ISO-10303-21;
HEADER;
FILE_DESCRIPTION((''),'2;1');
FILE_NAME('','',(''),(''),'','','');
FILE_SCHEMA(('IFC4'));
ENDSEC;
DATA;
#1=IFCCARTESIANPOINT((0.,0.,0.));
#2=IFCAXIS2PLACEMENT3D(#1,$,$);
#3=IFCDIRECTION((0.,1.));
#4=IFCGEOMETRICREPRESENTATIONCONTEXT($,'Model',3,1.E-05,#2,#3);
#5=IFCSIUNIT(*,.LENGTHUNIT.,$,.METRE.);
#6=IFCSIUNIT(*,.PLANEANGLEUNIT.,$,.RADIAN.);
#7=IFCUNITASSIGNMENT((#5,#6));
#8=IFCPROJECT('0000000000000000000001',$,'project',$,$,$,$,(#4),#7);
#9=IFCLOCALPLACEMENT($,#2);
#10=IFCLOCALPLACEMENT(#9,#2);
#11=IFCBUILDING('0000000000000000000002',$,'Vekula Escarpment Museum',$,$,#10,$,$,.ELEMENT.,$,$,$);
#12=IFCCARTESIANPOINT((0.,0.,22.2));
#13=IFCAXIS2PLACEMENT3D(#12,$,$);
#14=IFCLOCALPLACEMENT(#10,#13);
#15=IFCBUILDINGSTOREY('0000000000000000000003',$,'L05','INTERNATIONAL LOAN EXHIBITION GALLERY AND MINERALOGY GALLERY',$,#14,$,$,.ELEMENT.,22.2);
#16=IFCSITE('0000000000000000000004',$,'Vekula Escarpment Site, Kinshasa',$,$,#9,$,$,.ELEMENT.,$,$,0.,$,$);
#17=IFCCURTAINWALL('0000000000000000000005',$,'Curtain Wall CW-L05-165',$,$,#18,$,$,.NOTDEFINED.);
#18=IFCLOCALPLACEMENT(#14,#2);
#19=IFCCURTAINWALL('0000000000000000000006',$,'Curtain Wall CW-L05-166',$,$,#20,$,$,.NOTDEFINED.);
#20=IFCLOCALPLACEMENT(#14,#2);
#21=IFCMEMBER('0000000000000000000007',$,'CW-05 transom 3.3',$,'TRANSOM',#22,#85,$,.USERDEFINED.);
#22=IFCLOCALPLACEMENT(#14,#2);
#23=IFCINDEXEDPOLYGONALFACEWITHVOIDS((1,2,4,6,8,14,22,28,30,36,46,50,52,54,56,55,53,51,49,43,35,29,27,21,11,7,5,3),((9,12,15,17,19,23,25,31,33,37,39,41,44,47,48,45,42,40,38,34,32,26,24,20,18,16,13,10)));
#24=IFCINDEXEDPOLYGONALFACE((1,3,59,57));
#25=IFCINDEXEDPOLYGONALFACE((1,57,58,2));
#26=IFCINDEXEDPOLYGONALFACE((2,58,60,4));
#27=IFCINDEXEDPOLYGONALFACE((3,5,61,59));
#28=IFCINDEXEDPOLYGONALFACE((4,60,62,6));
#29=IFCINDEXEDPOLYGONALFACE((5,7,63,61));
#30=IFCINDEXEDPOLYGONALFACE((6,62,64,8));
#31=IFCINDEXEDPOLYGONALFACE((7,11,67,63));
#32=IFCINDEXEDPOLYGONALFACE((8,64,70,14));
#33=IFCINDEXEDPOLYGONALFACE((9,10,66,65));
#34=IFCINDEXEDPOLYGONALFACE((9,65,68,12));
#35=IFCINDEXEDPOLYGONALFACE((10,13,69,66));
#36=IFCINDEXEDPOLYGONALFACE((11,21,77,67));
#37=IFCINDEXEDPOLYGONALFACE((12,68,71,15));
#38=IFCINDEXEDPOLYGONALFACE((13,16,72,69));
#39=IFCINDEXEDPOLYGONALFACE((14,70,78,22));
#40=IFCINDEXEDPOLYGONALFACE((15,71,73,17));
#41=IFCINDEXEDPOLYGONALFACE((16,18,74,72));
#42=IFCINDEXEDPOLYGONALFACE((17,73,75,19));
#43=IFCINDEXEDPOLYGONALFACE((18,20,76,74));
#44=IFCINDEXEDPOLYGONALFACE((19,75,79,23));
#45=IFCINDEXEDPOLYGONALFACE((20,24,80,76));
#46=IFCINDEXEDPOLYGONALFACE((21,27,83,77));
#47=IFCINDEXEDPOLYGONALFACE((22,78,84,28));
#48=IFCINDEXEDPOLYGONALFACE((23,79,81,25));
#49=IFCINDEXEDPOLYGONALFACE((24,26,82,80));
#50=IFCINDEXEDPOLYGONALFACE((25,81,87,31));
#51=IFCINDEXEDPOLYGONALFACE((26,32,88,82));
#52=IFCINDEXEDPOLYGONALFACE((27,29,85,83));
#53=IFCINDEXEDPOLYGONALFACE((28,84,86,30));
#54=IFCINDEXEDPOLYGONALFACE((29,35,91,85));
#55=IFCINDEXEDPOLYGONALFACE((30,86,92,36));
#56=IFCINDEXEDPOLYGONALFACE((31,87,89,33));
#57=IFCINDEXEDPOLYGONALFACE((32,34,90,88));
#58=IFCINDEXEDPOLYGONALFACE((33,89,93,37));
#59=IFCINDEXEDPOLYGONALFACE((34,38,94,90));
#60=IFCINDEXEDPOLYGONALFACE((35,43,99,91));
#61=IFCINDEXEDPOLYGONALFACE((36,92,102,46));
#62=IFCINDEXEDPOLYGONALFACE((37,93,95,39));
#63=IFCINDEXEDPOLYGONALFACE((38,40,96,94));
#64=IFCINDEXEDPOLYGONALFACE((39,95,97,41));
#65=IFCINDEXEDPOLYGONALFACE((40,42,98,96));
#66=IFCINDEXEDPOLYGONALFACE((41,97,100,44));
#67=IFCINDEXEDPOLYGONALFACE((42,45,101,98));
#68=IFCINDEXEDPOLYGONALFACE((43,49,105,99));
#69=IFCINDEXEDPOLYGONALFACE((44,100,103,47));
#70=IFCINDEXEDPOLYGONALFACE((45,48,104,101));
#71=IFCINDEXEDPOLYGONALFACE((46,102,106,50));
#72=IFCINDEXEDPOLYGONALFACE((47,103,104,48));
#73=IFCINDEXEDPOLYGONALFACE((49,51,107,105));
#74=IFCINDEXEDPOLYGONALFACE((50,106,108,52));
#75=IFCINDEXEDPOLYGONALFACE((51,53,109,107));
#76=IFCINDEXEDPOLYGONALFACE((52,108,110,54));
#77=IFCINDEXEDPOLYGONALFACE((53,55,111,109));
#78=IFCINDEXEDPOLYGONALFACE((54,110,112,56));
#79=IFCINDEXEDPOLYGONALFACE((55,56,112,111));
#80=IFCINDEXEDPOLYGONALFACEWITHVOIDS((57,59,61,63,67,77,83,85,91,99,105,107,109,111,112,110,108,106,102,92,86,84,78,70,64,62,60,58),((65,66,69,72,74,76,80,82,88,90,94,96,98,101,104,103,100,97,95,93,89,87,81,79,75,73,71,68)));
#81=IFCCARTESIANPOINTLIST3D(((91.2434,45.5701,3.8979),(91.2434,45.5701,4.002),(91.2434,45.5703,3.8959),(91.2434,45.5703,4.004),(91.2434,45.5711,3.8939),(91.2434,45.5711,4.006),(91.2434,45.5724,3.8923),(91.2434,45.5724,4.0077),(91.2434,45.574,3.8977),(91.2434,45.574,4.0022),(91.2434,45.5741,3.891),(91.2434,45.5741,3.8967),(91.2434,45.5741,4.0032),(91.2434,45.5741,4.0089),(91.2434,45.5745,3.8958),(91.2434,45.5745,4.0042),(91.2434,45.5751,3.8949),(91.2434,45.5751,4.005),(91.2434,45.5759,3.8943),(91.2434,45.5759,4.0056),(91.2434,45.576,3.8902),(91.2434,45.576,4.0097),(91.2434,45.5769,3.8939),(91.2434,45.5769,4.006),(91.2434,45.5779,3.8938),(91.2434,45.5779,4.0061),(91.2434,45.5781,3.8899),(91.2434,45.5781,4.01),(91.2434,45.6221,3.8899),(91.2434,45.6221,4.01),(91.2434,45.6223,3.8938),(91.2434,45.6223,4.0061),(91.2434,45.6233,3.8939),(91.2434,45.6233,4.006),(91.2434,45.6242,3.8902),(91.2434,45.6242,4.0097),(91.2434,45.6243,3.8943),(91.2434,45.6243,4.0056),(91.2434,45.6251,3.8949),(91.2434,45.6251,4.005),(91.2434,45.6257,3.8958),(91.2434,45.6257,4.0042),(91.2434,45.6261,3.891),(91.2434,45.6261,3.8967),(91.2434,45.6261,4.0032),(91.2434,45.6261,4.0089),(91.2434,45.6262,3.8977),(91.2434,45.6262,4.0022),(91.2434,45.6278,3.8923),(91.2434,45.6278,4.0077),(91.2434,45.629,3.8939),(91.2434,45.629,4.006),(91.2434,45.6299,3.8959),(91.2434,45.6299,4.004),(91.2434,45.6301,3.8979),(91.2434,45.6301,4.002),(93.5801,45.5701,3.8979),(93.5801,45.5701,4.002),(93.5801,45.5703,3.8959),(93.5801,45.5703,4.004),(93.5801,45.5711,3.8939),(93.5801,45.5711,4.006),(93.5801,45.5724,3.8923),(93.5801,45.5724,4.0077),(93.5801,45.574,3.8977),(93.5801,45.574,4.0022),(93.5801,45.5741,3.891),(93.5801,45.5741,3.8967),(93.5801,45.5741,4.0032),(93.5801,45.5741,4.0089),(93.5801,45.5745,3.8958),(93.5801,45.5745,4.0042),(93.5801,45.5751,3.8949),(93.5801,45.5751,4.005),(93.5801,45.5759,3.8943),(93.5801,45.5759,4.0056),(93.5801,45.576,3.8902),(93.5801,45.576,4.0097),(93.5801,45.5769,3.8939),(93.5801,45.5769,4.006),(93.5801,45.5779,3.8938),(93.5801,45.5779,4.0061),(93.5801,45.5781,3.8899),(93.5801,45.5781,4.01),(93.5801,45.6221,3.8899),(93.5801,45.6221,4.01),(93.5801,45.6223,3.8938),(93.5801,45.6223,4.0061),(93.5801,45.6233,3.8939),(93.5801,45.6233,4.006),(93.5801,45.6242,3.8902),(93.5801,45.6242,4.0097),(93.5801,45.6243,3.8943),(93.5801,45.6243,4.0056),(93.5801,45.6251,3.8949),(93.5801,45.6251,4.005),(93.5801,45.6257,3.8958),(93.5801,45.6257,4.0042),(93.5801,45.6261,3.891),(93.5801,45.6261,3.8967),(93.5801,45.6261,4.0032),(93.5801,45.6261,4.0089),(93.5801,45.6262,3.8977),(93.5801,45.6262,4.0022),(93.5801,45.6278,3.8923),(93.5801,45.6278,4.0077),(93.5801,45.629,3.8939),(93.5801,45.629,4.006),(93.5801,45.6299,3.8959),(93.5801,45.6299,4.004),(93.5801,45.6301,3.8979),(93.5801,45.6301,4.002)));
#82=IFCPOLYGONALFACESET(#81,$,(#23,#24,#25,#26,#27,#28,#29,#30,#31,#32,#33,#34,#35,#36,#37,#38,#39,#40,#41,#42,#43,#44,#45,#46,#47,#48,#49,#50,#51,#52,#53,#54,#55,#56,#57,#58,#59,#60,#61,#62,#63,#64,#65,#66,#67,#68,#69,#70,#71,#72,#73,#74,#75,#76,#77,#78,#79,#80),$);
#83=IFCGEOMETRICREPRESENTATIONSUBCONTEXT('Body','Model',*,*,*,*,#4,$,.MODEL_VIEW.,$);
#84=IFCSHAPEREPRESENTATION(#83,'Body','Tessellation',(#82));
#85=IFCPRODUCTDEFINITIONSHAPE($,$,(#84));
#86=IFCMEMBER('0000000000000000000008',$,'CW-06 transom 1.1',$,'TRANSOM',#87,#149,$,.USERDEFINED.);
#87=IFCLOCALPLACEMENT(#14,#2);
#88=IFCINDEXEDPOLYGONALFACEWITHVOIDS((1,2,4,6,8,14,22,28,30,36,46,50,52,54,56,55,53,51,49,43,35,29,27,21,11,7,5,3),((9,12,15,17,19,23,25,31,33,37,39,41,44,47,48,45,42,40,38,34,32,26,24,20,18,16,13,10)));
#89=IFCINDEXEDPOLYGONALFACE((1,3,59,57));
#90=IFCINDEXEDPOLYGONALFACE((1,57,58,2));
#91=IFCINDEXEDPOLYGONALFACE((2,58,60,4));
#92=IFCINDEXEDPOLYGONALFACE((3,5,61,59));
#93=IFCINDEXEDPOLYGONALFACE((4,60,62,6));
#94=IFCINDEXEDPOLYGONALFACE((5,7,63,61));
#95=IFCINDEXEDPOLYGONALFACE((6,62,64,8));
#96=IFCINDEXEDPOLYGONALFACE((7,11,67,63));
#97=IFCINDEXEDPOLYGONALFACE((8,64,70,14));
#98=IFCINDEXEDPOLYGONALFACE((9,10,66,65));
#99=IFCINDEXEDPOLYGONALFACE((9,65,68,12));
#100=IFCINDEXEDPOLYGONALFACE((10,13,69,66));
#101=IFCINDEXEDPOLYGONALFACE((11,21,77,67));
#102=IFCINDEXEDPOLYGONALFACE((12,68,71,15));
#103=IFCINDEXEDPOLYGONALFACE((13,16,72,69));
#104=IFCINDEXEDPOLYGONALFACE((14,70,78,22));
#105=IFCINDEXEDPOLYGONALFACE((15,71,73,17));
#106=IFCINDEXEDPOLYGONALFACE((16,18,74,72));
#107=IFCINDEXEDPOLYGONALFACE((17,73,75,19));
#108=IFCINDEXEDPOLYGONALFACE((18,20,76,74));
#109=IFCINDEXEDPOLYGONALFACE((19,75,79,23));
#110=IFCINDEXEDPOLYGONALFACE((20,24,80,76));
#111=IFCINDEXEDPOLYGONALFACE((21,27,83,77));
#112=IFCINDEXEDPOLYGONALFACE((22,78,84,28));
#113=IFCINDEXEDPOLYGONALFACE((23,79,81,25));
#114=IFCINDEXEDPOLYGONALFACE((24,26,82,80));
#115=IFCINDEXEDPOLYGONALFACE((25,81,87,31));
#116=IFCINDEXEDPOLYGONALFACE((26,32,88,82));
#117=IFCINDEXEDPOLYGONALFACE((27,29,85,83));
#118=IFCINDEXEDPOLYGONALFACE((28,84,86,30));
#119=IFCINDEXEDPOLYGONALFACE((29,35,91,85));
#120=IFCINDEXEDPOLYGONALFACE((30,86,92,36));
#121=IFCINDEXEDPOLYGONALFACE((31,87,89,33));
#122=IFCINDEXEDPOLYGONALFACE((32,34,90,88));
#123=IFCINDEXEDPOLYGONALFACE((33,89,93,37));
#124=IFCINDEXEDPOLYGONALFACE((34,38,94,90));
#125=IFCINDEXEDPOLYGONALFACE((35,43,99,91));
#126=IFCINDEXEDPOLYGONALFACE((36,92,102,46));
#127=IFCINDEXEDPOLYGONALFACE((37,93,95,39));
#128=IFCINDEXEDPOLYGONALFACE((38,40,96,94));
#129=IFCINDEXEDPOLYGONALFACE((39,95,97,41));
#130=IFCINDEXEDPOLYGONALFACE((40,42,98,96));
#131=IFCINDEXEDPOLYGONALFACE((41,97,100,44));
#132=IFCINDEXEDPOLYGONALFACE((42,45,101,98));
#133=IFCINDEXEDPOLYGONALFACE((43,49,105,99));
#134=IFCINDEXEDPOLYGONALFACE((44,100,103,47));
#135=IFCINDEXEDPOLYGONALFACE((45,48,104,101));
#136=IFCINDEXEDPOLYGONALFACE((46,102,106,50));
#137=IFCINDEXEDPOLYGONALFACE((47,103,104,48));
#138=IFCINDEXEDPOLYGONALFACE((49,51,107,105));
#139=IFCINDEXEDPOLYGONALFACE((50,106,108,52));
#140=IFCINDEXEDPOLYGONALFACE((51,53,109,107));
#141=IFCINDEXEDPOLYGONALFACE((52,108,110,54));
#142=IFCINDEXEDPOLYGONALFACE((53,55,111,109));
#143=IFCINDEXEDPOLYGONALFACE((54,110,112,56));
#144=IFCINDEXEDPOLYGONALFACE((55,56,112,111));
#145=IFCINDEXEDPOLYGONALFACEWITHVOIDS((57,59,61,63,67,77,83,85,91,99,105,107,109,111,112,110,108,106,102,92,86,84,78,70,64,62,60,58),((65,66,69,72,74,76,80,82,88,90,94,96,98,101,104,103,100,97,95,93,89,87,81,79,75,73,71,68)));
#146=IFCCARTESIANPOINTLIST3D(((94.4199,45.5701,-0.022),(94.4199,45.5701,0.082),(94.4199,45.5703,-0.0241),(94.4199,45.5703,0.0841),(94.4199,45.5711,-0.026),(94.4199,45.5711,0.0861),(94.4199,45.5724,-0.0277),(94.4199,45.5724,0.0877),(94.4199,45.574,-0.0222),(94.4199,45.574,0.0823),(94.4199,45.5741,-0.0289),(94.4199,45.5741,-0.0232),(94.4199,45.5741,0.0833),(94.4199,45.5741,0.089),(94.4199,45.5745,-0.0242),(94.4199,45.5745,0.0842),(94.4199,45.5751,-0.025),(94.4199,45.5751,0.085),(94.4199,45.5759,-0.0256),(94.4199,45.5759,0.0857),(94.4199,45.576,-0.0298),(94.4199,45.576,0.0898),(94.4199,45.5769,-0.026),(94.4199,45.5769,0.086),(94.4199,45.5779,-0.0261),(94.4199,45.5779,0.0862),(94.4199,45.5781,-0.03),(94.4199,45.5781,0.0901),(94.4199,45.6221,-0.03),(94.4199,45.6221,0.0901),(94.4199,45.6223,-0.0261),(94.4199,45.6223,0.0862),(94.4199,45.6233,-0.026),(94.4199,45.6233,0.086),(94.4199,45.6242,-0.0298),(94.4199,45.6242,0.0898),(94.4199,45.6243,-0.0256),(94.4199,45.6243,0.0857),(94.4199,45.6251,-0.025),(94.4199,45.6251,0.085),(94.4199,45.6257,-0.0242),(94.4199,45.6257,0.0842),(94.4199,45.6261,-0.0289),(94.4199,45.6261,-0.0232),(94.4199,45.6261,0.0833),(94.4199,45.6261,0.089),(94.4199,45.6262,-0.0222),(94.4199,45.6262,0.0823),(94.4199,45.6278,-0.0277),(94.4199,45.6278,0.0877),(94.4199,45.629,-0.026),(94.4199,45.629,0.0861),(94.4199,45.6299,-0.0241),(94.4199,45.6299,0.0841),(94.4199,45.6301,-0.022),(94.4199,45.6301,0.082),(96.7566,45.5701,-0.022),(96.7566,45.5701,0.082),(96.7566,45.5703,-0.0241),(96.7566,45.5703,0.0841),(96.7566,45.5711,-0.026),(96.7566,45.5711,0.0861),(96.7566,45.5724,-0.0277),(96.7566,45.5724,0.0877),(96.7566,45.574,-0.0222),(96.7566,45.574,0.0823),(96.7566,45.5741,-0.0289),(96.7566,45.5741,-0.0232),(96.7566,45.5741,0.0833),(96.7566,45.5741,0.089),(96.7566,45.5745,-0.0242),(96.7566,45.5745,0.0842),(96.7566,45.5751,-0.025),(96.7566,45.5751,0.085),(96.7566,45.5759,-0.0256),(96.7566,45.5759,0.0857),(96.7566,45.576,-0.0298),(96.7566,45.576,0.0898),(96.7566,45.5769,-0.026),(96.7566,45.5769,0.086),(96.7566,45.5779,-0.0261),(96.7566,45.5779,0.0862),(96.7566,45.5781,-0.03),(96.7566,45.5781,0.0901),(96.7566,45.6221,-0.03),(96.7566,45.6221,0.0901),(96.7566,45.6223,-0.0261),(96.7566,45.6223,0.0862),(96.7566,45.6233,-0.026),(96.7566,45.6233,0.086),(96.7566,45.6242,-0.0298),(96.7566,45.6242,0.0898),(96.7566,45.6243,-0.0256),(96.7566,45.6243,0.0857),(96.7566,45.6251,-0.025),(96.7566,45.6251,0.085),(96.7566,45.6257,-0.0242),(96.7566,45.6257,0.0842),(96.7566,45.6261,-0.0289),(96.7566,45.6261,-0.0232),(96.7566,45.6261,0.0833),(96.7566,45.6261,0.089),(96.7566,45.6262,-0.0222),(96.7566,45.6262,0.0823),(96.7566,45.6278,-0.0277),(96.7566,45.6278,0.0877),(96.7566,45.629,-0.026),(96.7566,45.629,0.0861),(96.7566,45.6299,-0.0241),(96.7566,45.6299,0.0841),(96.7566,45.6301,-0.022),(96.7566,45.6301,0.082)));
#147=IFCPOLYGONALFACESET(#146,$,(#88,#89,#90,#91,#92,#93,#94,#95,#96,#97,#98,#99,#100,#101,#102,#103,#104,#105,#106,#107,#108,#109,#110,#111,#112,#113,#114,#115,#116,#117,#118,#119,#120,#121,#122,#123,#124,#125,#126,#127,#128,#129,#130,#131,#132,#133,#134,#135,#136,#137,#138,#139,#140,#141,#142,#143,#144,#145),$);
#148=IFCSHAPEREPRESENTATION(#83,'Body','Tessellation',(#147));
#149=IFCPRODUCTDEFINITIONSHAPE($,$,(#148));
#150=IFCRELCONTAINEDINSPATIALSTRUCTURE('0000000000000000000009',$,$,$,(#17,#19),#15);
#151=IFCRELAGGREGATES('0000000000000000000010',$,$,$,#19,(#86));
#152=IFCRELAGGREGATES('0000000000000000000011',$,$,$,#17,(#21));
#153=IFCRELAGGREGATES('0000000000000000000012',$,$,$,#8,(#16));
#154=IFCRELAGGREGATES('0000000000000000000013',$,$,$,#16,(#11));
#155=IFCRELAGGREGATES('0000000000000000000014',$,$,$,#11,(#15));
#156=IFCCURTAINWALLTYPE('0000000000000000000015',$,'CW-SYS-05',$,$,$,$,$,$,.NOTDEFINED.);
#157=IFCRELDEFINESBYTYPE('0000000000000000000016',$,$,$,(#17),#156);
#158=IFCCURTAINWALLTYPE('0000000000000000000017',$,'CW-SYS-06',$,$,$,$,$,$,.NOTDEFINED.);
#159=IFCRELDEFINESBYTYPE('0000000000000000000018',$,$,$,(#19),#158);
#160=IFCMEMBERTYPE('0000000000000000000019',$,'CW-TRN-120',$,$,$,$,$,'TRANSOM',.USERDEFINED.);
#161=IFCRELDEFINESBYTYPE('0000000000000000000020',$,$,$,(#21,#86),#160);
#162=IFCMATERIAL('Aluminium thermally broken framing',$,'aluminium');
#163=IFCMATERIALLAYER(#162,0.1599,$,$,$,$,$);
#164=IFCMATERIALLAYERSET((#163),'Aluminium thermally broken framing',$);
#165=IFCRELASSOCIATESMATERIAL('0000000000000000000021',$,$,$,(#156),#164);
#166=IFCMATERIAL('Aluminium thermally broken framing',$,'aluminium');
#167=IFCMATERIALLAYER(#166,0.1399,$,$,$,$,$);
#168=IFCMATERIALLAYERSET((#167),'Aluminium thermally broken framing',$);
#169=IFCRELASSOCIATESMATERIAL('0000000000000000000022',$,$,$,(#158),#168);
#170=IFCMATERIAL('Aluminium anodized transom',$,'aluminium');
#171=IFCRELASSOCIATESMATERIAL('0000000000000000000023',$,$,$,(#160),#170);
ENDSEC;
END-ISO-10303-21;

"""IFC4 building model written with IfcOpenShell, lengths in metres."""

from ifc_helpers import new_model, si_unit, direction, frame, origin, origin_2d, place, context, subcontext, project, spatial, hollow_rectangle, extrude, material, layer, layer_set, material_profile, profile_set, type_object, element, aggregate, save


model = new_model("IFC4")

# Units and contexts
model_context = context("Model", 3, precision=1e-05, world=origin(), true_north=direction((0.0, 1.0)))
body_context = subcontext(model_context, "Body", "Model", "MODEL_VIEW")
ifc_project = project(units=[si_unit("LENGTHUNIT", "METRE"), si_unit("PLANEANGLEUNIT", "RADIAN")], contexts=[model_context])

# Site, building, storey
site_placement = place(None, origin())
site = spatial("IfcSite", under=ifc_project, at=site_placement, Name="Vekula Escarpment Site, Kinshasa", CompositionType="ELEMENT", RefElevation=0.0)
building_placement = place(site_placement, origin())
building = spatial("IfcBuilding", under=site, at=building_placement, Name="Vekula Escarpment Museum", CompositionType="ELEMENT")
storey_placement = place(building_placement, frame((0.0, 0.0, 22.2)))
storey = spatial("IfcBuildingStorey", under=building, at=storey_placement, Name="L05", Description="INTERNATIONAL LOAN EXHIBITION GALLERY AND MINERALOGY GALLERY", CompositionType="ELEMENT", Elevation=22.2)

# Curtain wall
ifc_material_1 = material(Name="Aluminium thermally broken framing", Category="aluminium")
ifc_layer_1 = layer(ifc_material_1, 0.1599)
ifc_layer_set_1 = layer_set([ifc_layer_1], Name="Aluminium thermally broken framing")
curtain_wall_type_1 = type_object("IfcCurtainWallType", Name="CW-SYS-05", PredefinedType="NOTDEFINED", material=ifc_layer_set_1)
curtain_wall_1_placement = place(storey_placement, origin())
curtain_wall_1 = element("IfcCurtainWall", 1, at=curtain_wall_1_placement, inside=storey, type_object=curtain_wall_type_1, Name="Curtain Wall CW-L05-165", PredefinedType="NOTDEFINED")

# Curtain wall
ifc_material_2 = material(Name="Aluminium thermally broken framing", Category="aluminium")
ifc_layer_2 = layer(ifc_material_2, 0.1399)
ifc_layer_set_2 = layer_set([ifc_layer_2], Name="Aluminium thermally broken framing")
curtain_wall_type_2 = type_object("IfcCurtainWallType", Name="CW-SYS-06", PredefinedType="NOTDEFINED", material=ifc_layer_set_2)
curtain_wall_2_placement = place(storey_placement, origin())
curtain_wall_2 = element("IfcCurtainWall", 2, at=curtain_wall_2_placement, inside=storey, type_object=curtain_wall_type_2, Name="Curtain Wall CW-L05-166", PredefinedType="NOTDEFINED")

# Members
ifc_material_3 = material(Name="Aluminium anodized transom", Category="aluminium")
ifc_material_profile_1 = material_profile(ifc_material_3, hollow_rectangle(XDim=0.0601, YDim=0.1201, WallThickness=0.0039, InnerFilletRadius=0.0039, OuterFilletRadius=0.0081, at=origin_2d()), Name="ALU 120x60x4")
ifc_profile_set_1 = profile_set([ifc_material_profile_1], Name="Aluminium anodized transom")
member_type_1 = type_object("IfcMemberType", Name="CW-TRN-120", ElementType="TRANSOM", PredefinedType="USERDEFINED", material=ifc_profile_set_1)
member_1_placement = place(storey_placement, frame((91.2434, 45.6001, 3.95), z_axis=(1.0, 0.0, 0.0), x_axis=(0.0, 1.0, 0.0)))
member_1 = element("IfcMember", 3, at=member_1_placement, type_object=member_type_1, Name="CW-05 transom 3.3", ObjectType="TRANSOM", PredefinedType="USERDEFINED", context=body_context, shape_type="SweptSolid", body=[
    extrude(hollow_rectangle(XDim=0.0601, YDim=0.1201, WallThickness=0.0039, InnerFilletRadius=0.0039, OuterFilletRadius=0.0081, at=origin_2d()), origin(), (0.0, 0.0, 1.0), 2.3367),
])
member_2_placement = place(storey_placement, frame((94.4199, 45.6001, 0.03), z_axis=(1.0, 0.0, 0.0), x_axis=(0.0, 1.0, 0.0)))
member_2 = element("IfcMember", 4, at=member_2_placement, type_object=member_type_1, Name="CW-06 transom 1.1", ObjectType="TRANSOM", PredefinedType="USERDEFINED", context=body_context, shape_type="SweptSolid", body=[
    extrude(hollow_rectangle(XDim=0.0601, YDim=0.1201, WallThickness=0.0039, InnerFilletRadius=0.0039, OuterFilletRadius=0.0081, at=origin_2d()), origin(), (0.0, 0.0, 1.0), 2.3367),
])
aggregate(curtain_wall_2, [member_2])

aggregate(curtain_wall_1, [member_1])

save(model, "model.ifc")
